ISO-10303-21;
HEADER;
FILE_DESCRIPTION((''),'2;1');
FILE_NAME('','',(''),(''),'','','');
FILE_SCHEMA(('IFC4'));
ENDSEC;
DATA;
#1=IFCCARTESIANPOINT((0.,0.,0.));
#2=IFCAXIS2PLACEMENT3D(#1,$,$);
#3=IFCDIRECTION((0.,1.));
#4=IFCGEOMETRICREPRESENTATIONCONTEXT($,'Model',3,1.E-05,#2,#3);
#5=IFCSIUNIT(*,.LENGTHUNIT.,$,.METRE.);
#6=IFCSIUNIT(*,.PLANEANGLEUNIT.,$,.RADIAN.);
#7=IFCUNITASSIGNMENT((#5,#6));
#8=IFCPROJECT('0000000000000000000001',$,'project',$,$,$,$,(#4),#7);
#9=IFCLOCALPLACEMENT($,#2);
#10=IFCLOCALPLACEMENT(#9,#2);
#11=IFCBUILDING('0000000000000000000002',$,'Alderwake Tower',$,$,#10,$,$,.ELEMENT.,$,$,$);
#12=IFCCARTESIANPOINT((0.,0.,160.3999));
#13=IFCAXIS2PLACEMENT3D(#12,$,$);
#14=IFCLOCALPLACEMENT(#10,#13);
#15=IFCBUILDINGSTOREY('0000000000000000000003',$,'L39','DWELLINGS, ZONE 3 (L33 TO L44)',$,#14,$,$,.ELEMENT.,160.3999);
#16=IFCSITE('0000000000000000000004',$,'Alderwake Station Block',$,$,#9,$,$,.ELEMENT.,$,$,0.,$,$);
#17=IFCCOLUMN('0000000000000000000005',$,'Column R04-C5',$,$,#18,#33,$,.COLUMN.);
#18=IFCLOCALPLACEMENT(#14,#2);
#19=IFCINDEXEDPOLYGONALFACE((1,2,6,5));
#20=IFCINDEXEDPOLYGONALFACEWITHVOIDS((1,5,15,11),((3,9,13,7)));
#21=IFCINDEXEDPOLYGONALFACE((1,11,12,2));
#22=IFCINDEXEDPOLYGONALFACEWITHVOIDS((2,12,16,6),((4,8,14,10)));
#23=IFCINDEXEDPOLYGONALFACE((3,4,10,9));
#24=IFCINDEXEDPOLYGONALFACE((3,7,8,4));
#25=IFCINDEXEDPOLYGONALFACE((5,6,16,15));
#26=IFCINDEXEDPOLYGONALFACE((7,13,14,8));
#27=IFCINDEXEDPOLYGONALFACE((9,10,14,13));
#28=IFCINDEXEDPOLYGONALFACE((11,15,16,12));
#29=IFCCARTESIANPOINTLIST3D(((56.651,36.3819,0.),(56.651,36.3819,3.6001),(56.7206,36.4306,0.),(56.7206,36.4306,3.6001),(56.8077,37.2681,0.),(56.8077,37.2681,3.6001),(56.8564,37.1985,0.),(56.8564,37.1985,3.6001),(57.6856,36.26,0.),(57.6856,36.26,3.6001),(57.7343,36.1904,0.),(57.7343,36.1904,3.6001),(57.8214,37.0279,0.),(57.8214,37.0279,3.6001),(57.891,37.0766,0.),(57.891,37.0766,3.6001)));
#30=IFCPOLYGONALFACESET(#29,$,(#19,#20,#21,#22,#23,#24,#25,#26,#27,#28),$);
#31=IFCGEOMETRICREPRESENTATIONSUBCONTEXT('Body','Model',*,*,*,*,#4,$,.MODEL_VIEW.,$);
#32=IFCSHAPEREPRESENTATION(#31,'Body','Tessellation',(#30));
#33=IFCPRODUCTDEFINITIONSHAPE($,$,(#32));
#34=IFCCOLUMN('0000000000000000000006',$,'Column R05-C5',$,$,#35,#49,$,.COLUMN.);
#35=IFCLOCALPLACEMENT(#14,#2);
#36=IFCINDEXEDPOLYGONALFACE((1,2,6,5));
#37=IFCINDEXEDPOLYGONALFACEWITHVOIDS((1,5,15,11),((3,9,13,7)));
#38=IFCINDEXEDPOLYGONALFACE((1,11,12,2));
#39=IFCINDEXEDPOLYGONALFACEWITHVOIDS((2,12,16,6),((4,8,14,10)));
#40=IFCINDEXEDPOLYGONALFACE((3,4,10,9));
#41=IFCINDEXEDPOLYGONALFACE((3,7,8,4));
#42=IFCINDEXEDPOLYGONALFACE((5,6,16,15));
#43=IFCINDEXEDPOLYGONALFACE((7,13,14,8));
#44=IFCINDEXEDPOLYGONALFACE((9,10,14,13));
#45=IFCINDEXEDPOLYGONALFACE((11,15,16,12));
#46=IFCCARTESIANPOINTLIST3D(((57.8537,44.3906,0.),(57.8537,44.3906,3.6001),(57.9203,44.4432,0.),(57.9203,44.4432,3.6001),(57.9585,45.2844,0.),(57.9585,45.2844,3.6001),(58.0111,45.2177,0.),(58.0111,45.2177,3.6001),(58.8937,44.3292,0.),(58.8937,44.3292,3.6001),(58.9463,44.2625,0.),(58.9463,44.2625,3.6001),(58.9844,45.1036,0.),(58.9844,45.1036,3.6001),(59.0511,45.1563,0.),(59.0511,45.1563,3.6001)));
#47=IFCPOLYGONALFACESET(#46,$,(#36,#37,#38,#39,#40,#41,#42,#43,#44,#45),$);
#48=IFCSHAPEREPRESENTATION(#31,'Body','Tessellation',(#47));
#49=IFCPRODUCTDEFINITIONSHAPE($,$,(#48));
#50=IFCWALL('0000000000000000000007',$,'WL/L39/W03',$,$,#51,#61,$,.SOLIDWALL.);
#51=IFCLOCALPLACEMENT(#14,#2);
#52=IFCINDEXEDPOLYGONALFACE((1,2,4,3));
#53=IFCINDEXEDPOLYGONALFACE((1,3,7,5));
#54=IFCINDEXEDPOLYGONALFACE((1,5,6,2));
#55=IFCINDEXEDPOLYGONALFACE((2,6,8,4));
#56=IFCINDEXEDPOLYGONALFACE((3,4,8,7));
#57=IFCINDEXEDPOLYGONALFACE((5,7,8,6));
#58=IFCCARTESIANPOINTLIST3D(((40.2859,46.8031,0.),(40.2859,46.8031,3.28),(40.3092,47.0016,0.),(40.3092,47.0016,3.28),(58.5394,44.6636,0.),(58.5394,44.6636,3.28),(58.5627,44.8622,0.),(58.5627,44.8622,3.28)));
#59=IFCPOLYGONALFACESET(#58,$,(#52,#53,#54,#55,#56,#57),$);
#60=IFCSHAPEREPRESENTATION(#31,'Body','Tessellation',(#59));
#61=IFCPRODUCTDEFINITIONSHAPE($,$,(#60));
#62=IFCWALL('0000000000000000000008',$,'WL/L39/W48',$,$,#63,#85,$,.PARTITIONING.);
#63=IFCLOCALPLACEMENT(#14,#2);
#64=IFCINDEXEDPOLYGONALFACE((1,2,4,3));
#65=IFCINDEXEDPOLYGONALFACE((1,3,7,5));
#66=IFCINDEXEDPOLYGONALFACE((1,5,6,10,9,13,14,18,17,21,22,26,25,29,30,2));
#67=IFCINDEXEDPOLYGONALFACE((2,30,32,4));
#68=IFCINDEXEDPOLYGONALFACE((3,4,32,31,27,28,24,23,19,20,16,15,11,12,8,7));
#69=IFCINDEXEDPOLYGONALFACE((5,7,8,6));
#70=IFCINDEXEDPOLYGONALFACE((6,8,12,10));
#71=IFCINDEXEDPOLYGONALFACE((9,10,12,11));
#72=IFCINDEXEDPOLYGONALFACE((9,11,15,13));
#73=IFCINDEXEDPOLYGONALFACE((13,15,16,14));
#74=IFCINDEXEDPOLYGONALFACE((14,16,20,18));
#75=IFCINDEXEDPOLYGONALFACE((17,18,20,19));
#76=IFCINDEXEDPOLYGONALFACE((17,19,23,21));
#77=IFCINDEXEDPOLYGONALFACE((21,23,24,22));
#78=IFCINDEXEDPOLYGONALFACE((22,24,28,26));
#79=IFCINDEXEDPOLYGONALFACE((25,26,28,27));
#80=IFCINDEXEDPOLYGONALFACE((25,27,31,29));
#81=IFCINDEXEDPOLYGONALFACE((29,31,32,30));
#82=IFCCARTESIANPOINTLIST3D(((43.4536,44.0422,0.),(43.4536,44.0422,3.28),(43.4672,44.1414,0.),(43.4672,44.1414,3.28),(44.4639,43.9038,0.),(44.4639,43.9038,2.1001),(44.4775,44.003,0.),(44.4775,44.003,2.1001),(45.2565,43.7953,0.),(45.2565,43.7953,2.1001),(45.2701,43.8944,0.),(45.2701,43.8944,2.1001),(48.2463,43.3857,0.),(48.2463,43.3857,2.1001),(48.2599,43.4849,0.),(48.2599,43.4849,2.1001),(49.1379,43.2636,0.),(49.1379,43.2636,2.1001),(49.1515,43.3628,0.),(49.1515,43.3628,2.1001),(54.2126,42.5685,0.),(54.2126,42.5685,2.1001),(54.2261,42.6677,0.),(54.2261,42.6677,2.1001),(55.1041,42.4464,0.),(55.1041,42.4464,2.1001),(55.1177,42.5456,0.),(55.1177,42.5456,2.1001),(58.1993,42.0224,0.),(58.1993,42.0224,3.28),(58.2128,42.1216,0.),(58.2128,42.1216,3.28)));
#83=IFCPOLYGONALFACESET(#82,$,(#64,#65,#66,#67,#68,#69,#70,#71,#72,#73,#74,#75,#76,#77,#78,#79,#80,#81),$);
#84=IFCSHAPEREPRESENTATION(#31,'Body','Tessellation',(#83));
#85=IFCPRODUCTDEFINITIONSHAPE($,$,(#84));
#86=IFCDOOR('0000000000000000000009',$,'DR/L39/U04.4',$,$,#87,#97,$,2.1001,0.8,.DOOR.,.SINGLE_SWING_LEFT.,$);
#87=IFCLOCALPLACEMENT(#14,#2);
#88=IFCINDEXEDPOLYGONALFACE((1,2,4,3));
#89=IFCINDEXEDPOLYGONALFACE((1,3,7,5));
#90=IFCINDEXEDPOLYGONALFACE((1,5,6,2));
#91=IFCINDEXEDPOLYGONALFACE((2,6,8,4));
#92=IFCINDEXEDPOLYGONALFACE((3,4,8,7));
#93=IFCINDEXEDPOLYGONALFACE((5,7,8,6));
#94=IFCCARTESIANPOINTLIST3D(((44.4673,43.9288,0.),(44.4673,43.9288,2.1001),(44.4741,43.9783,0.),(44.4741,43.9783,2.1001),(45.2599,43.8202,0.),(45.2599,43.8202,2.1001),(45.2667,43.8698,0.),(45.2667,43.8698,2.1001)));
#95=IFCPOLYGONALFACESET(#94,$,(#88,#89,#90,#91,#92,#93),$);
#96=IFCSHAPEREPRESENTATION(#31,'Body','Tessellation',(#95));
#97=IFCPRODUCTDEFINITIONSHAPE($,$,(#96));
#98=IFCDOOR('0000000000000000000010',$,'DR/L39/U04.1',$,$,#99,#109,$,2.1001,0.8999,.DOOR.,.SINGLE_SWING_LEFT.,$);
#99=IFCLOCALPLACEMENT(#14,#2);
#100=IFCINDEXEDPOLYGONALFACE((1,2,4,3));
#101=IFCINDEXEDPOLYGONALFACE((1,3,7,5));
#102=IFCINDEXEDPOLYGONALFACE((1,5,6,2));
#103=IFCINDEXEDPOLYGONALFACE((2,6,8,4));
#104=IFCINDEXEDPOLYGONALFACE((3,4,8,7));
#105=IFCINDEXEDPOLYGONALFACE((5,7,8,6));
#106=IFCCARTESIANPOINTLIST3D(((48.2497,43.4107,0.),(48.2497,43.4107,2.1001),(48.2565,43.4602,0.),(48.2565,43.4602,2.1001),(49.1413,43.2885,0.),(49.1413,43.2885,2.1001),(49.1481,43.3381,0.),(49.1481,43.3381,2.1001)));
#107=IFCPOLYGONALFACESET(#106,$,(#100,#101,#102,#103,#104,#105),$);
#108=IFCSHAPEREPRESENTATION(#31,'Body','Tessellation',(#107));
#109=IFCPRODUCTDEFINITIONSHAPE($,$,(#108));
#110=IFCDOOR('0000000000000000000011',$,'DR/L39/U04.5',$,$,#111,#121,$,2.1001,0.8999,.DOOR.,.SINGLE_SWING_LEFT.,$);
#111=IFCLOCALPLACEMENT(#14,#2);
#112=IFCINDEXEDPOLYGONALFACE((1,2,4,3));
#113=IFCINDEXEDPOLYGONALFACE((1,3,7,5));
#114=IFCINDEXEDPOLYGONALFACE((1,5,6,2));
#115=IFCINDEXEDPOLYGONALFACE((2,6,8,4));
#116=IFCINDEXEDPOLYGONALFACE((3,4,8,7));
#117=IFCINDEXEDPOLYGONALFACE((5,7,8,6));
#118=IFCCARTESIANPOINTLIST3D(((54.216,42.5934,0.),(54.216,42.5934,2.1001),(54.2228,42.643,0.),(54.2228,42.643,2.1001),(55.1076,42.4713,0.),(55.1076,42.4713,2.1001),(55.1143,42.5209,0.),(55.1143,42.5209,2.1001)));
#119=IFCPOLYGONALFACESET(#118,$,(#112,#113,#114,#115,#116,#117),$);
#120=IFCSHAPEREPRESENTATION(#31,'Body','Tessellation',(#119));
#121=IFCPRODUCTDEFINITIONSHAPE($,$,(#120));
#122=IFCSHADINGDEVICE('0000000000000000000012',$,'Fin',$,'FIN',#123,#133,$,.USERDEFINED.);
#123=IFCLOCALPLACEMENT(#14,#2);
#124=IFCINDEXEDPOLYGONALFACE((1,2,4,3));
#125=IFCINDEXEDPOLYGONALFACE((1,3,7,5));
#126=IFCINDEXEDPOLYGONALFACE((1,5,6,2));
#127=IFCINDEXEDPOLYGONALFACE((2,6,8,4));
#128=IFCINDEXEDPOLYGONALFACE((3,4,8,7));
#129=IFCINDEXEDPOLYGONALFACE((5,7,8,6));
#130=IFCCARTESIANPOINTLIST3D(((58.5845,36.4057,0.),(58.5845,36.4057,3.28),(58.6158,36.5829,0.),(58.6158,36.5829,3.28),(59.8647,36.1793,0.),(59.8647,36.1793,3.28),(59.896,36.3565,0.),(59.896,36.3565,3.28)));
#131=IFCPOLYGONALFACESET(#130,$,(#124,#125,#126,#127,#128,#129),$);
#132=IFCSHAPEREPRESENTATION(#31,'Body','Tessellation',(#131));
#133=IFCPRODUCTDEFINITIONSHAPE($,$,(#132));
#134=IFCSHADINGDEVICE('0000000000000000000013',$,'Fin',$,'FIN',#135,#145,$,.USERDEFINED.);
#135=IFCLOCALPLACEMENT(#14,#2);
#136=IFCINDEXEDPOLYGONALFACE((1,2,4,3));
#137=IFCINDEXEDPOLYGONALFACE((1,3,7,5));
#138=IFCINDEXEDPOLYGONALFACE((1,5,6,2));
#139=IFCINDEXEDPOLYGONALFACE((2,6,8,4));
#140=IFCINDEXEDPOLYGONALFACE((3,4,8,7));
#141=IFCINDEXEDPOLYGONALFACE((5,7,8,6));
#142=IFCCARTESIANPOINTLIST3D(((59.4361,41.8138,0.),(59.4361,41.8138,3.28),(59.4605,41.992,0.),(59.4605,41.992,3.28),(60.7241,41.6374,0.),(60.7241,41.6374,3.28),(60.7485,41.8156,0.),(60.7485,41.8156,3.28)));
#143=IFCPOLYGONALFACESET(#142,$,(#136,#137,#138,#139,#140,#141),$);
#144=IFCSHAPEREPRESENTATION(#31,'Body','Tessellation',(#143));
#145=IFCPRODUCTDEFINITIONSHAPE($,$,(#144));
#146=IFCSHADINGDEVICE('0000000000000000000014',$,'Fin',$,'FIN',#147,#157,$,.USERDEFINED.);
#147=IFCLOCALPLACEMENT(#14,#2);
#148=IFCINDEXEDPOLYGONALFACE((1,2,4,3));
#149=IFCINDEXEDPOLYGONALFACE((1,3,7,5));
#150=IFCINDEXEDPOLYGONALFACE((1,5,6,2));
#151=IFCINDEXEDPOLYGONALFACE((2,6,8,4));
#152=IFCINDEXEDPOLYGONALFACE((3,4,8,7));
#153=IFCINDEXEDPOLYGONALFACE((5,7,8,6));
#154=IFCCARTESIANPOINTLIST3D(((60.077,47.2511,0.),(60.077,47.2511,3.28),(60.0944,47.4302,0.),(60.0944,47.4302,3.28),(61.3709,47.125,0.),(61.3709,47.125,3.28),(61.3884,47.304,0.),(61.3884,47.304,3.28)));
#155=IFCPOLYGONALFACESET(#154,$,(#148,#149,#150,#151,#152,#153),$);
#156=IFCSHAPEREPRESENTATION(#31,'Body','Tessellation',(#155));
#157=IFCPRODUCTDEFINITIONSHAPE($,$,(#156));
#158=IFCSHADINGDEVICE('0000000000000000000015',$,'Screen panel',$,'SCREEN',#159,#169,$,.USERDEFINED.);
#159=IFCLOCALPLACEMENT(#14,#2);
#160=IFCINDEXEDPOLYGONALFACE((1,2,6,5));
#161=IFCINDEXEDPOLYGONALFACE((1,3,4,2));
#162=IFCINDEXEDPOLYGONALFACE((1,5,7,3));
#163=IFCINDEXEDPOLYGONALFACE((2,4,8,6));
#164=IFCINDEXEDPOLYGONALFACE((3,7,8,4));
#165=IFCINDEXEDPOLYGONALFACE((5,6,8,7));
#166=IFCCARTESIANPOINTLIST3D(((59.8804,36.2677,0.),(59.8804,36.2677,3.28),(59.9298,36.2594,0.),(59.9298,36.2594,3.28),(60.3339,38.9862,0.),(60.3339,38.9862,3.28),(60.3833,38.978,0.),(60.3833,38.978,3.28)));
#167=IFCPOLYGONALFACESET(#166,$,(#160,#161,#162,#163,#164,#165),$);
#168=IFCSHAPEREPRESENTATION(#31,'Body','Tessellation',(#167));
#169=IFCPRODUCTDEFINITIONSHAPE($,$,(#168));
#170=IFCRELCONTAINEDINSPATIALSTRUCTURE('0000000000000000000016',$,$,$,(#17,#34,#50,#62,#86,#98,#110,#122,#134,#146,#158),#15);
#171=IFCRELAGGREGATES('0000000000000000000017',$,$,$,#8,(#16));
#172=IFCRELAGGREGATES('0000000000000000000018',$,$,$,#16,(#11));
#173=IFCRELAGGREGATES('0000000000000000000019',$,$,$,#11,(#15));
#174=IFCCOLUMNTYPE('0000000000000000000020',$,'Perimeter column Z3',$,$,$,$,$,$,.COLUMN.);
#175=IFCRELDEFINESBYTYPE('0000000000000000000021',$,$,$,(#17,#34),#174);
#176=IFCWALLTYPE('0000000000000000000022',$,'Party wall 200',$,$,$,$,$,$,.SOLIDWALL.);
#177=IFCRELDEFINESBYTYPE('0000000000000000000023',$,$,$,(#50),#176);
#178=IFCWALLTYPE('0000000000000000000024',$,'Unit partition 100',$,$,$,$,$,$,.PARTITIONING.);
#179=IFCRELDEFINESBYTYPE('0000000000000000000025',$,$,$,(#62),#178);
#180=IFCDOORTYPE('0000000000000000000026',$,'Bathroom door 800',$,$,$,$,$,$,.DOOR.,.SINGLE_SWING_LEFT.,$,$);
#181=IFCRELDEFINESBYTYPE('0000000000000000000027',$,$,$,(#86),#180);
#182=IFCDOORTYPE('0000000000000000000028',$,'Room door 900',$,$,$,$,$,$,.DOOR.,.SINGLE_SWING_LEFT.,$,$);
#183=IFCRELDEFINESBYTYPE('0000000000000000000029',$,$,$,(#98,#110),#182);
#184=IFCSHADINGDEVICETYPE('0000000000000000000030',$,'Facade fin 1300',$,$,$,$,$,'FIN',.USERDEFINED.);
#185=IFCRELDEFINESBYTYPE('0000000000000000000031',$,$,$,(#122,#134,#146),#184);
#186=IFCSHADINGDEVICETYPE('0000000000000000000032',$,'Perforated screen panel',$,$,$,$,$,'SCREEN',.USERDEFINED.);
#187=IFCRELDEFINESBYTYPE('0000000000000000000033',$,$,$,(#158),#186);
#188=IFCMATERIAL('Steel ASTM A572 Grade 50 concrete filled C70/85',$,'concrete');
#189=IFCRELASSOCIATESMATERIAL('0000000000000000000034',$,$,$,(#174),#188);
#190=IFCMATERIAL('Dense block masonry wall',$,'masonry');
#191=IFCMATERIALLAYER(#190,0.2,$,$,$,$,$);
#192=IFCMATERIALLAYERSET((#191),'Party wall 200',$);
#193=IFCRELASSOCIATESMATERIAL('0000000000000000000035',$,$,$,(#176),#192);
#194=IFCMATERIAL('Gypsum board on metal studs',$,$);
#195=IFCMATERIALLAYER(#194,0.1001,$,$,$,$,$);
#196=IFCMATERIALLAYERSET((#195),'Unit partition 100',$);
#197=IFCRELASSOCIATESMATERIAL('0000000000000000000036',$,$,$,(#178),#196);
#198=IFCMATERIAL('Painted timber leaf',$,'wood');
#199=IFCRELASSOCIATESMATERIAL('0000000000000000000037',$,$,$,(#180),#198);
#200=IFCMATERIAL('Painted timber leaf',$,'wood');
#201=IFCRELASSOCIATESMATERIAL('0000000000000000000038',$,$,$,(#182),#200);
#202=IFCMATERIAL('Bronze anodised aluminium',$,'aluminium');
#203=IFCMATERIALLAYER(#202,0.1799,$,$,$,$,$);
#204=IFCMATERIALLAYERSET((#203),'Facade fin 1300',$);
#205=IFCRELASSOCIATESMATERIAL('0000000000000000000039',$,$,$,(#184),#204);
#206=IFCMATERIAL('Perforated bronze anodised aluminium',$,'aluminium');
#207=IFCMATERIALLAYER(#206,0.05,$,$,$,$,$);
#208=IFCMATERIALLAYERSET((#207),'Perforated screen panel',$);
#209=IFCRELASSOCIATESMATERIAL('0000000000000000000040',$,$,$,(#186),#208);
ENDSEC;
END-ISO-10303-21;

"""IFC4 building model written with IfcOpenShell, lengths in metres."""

from ifc_helpers import new_model, si_unit, direction, frame, frame_2d, origin, origin_2d, place, context, subcontext, project, spatial, rectangle, hollow_rectangle, extrude, material, layer, layer_set, material_profile, profile_set, type_object, element, fill, save


model = new_model("IFC4")

# Units and contexts
model_context = context("Model", 3, precision=1e-05, world=origin(), true_north=direction((0.0, 1.0)))
body_context = subcontext(model_context, "Body", "Model", "MODEL_VIEW")
ifc_project = project(units=[si_unit("LENGTHUNIT", "METRE"), si_unit("PLANEANGLEUNIT", "RADIAN")], contexts=[model_context])

# Site, building, storey
site_placement = place(None, origin())
site = spatial("IfcSite", under=ifc_project, at=site_placement, Name="Alderwake Station Block", CompositionType="ELEMENT", RefElevation=0.0)
building_placement = place(site_placement, origin())
building = spatial("IfcBuilding", under=site, at=building_placement, Name="Alderwake Tower", CompositionType="ELEMENT")
storey_placement = place(building_placement, frame((0.0, 0.0, 160.3999)))
storey = spatial("IfcBuildingStorey", under=building, at=storey_placement, Name="L39", Description="DWELLINGS, ZONE 3 (L33 TO L44)", CompositionType="ELEMENT", Elevation=160.3999)

# Columns
ifc_material_1 = material(Name="Steel ASTM A572 Grade 50 concrete filled C70/85", Category="concrete")
ifc_material_profile = material_profile(ifc_material_1, hollow_rectangle(XDim=0.8999, YDim=1.1001, WallThickness=0.0601, at=origin_2d()), Name="BOX 1100X900X60")
ifc_profile_set = profile_set([ifc_material_profile], Name="Steel ASTM A572 Grade 50 concrete filled C70/85")
column_type = type_object("IfcColumnType", Name="Perimeter column Z3", PredefinedType="COLUMN", material=ifc_profile_set)
for number, where, z_axis, x_axis, name in (
    (1, (57.271, 36.7292, 0.0), (0.0, 0.0, 1.0), (0.174109, 0.984726, 0.0), "Column R04-C5"),
    (2, (58.4524, 44.7734, 0.0), (0.0, 0.0, 1.0), (0.116402, 0.993202, 0.0), "Column R05-C5"),
):
    element("IfcColumn", number, at=place(storey_placement, frame(where, z_axis=z_axis, x_axis=x_axis)), inside=storey, type_object=column_type, Name=name, PredefinedType="COLUMN", context=body_context, shape_type="SweptSolid", body=[
        extrude(hollow_rectangle(XDim=0.8999, YDim=1.1001, WallThickness=0.0601, at=origin_2d()), origin(), (0.0, 0.0, 1.0), 3.6001),
    ])

# Wall
ifc_material_2 = material(Name="Dense block masonry wall", Category="masonry")
ifc_layer_1 = layer(ifc_material_2, 0.2)
ifc_layer_set_1 = layer_set([ifc_layer_1], Name="Party wall 200")
wall_type_1 = type_object("IfcWallType", Name="Party wall 200", PredefinedType="SOLIDWALL", material=ifc_layer_set_1)
wall_1_placement = place(storey_placement, frame((58.551, 44.7629, 0.0), z_axis=(0.0, 0.0, 1.0), x_axis=(-0.993201, 0.116409, 0.0)))
element("IfcWall", 3, at=wall_1_placement, inside=storey, type_object=wall_type_1, Name="WL/L39/W03", PredefinedType="SOLIDWALL", context=body_context, shape_type="SweptSolid", body=[
    extrude(rectangle(XDim=18.3784, YDim=0.2, at=frame_2d((9.1892, 0.0))), origin(), (0.0, 0.0, 1.0), 3.28),
])

# Wall, openings, doors
ifc_material_3 = material(Name="Gypsum board on metal studs")
ifc_layer_2 = layer(ifc_material_3, 0.1001)
ifc_layer_set_2 = layer_set([ifc_layer_2], Name="Unit partition 100")
wall_type_2 = type_object("IfcWallType", Name="Unit partition 100", PredefinedType="PARTITIONING", material=ifc_layer_set_2)
wall_2_placement = place(storey_placement, frame((58.2061, 42.072, 0.0), z_axis=(0.0, 0.0, 1.0), x_axis=(-0.990749, 0.135708, 0.0)))
wall_2 = element("IfcWall", 4, at=wall_2_placement, inside=storey, type_object=wall_type_2, Name="WL/L39/W48", PredefinedType="PARTITIONING", context=body_context, shape_type="SweptSolid", body=[
    extrude(rectangle(XDim=14.8833, YDim=0.1001, at=frame_2d((7.4417, 0.0))), origin(), (0.0, 0.0, 1.0), 3.28),
])
opening_1_placement = place(wall_2_placement, frame((9.146, 0.0, 0.0)))
opening_1 = element("IfcOpeningElement", 5, at=opening_1_placement, cuts=wall_2, PredefinedType="OPENING", context=body_context, shape_type="SweptSolid", body=[
    extrude(rectangle(XDim=0.8999, YDim=2.1001, at=frame_2d((0.45, 1.05))), frame((0.0, 0.0601, 0.0), z_axis=(0.0, -1.0, 0.0), x_axis=(1.0, 0.0, 0.0)), (0.0, 0.0, 1.0), 0.1201),
])
opening_2_placement = place(wall_2_placement, frame((13.0637, 0.0, 0.0)))
opening_2 = element("IfcOpeningElement", 6, at=opening_2_placement, cuts=wall_2, PredefinedType="OPENING", context=body_context, shape_type="SweptSolid", body=[
    extrude(rectangle(XDim=0.8, YDim=2.1001, at=frame_2d((0.3999, 1.05))), frame((0.0, 0.0601, 0.0), z_axis=(0.0, -1.0, 0.0), x_axis=(1.0, 0.0, 0.0)), (0.0, 0.0, 1.0), 0.1201),
])
opening_3_placement = place(wall_2_placement, frame((3.124, 0.0, 0.0)))
opening_3 = element("IfcOpeningElement", 7, at=opening_3_placement, cuts=wall_2, PredefinedType="OPENING", context=body_context, shape_type="SweptSolid", body=[
    extrude(rectangle(XDim=0.8999, YDim=2.1001, at=frame_2d((0.45, 1.05))), frame((0.0, 0.0601, 0.0), z_axis=(0.0, -1.0, 0.0), x_axis=(1.0, 0.0, 0.0)), (0.0, 0.0, 1.0), 0.1201),
])
ifc_material_4 = material(Name="Painted timber leaf", Category="wood")
door_type_1 = type_object("IfcDoorType", Name="Bathroom door 800", OperationType="SINGLE_SWING_LEFT", PredefinedType="DOOR", material=ifc_material_4)
door_1_placement = place(opening_2_placement, origin())
door_1 = element("IfcDoor", 8, at=door_1_placement, inside=storey, type_object=door_type_1, Name="DR/L39/U04.4", OperationType="SINGLE_SWING_LEFT", OverallHeight=2.1001, OverallWidth=0.8, PredefinedType="DOOR", context=body_context, shape_type="SweptSolid", body=[
    extrude(rectangle(XDim=0.8, YDim=2.1001, at=frame_2d((0.3999, 1.05))), frame((0.0, 0.0249, 0.0), z_axis=(0.0, -1.0, 0.0), x_axis=(1.0, 0.0, 0.0)), (0.0, 0.0, 1.0), 0.05),
])
fill(opening_2, door_1)
ifc_material_5 = material(Name="Painted timber leaf", Category="wood")
door_type_2 = type_object("IfcDoorType", Name="Room door 900", OperationType="SINGLE_SWING_LEFT", PredefinedType="DOOR", material=ifc_material_5)
door_2_placement = place(opening_1_placement, origin())
door_2 = element("IfcDoor", 9, at=door_2_placement, inside=storey, type_object=door_type_2, Name="DR/L39/U04.1", OperationType="SINGLE_SWING_LEFT", OverallHeight=2.1001, OverallWidth=0.8999, PredefinedType="DOOR", context=body_context, shape_type="SweptSolid", body=[
    extrude(rectangle(XDim=0.8999, YDim=2.1001, at=frame_2d((0.45, 1.05))), frame((0.0, 0.0249, 0.0), z_axis=(0.0, -1.0, 0.0), x_axis=(1.0, 0.0, 0.0)), (0.0, 0.0, 1.0), 0.05),
])
fill(opening_1, door_2)
door_3_placement = place(opening_3_placement, origin())
door_3 = element("IfcDoor", 10, at=door_3_placement, inside=storey, type_object=door_type_2, Name="DR/L39/U04.5", OperationType="SINGLE_SWING_LEFT", OverallHeight=2.1001, OverallWidth=0.8999, PredefinedType="DOOR", context=body_context, shape_type="SweptSolid", body=[
    extrude(rectangle(XDim=0.8999, YDim=2.1001, at=frame_2d((0.45, 1.05))), frame((0.0, 0.0249, 0.0), z_axis=(0.0, -1.0, 0.0), x_axis=(1.0, 0.0, 0.0)), (0.0, 0.0, 1.0), 0.05),
])
fill(opening_3, door_3)

# Shading devices
ifc_material_6 = material(Name="Bronze anodised aluminium", Category="aluminium")
ifc_layer_3 = layer(ifc_material_6, 0.1799)
ifc_layer_set_3 = layer_set([ifc_layer_3], Name="Facade fin 1300")
shading_device_type_1 = type_object("IfcShadingDeviceType", Name="Facade fin 1300", ElementType="FIN", PredefinedType="USERDEFINED", material=ifc_layer_set_3)
for number, where, z_axis, x_axis, name in (
    (11, (59.2402, 36.3811, 0.0), (0.0, 0.0, 1.0), (0.984726, -0.174109, 0.0), "Fin"),
    (12, (60.0923, 41.8147, 0.0), (0.0, 0.0, 1.0), (0.990753, -0.135681, 0.0), "Fin"),
    (13, (60.7327, 47.2776, 0.0), (0.0, 0.0, 1.0), (0.99528, -0.097046, 0.0), "Fin"),
):
    element("IfcShadingDevice", number, at=place(storey_placement, frame(where, z_axis=z_axis, x_axis=x_axis)), inside=storey, type_object=shading_device_type_1, Name=name, ObjectType="FIN", PredefinedType="USERDEFINED", context=body_context, shape_type="SweptSolid", body=[
        extrude(rectangle(XDim=1.3, YDim=0.1799, at=origin_2d()), origin(), (0.0, 0.0, 1.0), 3.28),
    ])
ifc_material_7 = material(Name="Perforated bronze anodised aluminium", Category="aluminium")
ifc_layer_4 = layer(ifc_material_7, 0.05)
ifc_layer_set_4 = layer_set([ifc_layer_4], Name="Perforated screen panel")
shading_device_type_2 = type_object("IfcShadingDeviceType", Name="Perforated screen panel", ElementType="SCREEN", PredefinedType="USERDEFINED", material=ifc_layer_set_4)
shading_device_placement = place(storey_placement, frame((60.1318, 37.6228, 0.0), z_axis=(0.0, 0.0, 1.0), x_axis=(0.986369, -0.164548, 0.0)))
element("IfcShadingDevice", 14, at=shading_device_placement, inside=storey, type_object=shading_device_type_2, Name="Screen panel", ObjectType="SCREEN", PredefinedType="USERDEFINED", context=body_context, shape_type="SweptSolid", body=[
    extrude(rectangle(XDim=0.05, YDim=2.7561, at=origin_2d()), origin(), (0.0, 0.0, 1.0), 3.28),
])

save(model, "model.ifc")
